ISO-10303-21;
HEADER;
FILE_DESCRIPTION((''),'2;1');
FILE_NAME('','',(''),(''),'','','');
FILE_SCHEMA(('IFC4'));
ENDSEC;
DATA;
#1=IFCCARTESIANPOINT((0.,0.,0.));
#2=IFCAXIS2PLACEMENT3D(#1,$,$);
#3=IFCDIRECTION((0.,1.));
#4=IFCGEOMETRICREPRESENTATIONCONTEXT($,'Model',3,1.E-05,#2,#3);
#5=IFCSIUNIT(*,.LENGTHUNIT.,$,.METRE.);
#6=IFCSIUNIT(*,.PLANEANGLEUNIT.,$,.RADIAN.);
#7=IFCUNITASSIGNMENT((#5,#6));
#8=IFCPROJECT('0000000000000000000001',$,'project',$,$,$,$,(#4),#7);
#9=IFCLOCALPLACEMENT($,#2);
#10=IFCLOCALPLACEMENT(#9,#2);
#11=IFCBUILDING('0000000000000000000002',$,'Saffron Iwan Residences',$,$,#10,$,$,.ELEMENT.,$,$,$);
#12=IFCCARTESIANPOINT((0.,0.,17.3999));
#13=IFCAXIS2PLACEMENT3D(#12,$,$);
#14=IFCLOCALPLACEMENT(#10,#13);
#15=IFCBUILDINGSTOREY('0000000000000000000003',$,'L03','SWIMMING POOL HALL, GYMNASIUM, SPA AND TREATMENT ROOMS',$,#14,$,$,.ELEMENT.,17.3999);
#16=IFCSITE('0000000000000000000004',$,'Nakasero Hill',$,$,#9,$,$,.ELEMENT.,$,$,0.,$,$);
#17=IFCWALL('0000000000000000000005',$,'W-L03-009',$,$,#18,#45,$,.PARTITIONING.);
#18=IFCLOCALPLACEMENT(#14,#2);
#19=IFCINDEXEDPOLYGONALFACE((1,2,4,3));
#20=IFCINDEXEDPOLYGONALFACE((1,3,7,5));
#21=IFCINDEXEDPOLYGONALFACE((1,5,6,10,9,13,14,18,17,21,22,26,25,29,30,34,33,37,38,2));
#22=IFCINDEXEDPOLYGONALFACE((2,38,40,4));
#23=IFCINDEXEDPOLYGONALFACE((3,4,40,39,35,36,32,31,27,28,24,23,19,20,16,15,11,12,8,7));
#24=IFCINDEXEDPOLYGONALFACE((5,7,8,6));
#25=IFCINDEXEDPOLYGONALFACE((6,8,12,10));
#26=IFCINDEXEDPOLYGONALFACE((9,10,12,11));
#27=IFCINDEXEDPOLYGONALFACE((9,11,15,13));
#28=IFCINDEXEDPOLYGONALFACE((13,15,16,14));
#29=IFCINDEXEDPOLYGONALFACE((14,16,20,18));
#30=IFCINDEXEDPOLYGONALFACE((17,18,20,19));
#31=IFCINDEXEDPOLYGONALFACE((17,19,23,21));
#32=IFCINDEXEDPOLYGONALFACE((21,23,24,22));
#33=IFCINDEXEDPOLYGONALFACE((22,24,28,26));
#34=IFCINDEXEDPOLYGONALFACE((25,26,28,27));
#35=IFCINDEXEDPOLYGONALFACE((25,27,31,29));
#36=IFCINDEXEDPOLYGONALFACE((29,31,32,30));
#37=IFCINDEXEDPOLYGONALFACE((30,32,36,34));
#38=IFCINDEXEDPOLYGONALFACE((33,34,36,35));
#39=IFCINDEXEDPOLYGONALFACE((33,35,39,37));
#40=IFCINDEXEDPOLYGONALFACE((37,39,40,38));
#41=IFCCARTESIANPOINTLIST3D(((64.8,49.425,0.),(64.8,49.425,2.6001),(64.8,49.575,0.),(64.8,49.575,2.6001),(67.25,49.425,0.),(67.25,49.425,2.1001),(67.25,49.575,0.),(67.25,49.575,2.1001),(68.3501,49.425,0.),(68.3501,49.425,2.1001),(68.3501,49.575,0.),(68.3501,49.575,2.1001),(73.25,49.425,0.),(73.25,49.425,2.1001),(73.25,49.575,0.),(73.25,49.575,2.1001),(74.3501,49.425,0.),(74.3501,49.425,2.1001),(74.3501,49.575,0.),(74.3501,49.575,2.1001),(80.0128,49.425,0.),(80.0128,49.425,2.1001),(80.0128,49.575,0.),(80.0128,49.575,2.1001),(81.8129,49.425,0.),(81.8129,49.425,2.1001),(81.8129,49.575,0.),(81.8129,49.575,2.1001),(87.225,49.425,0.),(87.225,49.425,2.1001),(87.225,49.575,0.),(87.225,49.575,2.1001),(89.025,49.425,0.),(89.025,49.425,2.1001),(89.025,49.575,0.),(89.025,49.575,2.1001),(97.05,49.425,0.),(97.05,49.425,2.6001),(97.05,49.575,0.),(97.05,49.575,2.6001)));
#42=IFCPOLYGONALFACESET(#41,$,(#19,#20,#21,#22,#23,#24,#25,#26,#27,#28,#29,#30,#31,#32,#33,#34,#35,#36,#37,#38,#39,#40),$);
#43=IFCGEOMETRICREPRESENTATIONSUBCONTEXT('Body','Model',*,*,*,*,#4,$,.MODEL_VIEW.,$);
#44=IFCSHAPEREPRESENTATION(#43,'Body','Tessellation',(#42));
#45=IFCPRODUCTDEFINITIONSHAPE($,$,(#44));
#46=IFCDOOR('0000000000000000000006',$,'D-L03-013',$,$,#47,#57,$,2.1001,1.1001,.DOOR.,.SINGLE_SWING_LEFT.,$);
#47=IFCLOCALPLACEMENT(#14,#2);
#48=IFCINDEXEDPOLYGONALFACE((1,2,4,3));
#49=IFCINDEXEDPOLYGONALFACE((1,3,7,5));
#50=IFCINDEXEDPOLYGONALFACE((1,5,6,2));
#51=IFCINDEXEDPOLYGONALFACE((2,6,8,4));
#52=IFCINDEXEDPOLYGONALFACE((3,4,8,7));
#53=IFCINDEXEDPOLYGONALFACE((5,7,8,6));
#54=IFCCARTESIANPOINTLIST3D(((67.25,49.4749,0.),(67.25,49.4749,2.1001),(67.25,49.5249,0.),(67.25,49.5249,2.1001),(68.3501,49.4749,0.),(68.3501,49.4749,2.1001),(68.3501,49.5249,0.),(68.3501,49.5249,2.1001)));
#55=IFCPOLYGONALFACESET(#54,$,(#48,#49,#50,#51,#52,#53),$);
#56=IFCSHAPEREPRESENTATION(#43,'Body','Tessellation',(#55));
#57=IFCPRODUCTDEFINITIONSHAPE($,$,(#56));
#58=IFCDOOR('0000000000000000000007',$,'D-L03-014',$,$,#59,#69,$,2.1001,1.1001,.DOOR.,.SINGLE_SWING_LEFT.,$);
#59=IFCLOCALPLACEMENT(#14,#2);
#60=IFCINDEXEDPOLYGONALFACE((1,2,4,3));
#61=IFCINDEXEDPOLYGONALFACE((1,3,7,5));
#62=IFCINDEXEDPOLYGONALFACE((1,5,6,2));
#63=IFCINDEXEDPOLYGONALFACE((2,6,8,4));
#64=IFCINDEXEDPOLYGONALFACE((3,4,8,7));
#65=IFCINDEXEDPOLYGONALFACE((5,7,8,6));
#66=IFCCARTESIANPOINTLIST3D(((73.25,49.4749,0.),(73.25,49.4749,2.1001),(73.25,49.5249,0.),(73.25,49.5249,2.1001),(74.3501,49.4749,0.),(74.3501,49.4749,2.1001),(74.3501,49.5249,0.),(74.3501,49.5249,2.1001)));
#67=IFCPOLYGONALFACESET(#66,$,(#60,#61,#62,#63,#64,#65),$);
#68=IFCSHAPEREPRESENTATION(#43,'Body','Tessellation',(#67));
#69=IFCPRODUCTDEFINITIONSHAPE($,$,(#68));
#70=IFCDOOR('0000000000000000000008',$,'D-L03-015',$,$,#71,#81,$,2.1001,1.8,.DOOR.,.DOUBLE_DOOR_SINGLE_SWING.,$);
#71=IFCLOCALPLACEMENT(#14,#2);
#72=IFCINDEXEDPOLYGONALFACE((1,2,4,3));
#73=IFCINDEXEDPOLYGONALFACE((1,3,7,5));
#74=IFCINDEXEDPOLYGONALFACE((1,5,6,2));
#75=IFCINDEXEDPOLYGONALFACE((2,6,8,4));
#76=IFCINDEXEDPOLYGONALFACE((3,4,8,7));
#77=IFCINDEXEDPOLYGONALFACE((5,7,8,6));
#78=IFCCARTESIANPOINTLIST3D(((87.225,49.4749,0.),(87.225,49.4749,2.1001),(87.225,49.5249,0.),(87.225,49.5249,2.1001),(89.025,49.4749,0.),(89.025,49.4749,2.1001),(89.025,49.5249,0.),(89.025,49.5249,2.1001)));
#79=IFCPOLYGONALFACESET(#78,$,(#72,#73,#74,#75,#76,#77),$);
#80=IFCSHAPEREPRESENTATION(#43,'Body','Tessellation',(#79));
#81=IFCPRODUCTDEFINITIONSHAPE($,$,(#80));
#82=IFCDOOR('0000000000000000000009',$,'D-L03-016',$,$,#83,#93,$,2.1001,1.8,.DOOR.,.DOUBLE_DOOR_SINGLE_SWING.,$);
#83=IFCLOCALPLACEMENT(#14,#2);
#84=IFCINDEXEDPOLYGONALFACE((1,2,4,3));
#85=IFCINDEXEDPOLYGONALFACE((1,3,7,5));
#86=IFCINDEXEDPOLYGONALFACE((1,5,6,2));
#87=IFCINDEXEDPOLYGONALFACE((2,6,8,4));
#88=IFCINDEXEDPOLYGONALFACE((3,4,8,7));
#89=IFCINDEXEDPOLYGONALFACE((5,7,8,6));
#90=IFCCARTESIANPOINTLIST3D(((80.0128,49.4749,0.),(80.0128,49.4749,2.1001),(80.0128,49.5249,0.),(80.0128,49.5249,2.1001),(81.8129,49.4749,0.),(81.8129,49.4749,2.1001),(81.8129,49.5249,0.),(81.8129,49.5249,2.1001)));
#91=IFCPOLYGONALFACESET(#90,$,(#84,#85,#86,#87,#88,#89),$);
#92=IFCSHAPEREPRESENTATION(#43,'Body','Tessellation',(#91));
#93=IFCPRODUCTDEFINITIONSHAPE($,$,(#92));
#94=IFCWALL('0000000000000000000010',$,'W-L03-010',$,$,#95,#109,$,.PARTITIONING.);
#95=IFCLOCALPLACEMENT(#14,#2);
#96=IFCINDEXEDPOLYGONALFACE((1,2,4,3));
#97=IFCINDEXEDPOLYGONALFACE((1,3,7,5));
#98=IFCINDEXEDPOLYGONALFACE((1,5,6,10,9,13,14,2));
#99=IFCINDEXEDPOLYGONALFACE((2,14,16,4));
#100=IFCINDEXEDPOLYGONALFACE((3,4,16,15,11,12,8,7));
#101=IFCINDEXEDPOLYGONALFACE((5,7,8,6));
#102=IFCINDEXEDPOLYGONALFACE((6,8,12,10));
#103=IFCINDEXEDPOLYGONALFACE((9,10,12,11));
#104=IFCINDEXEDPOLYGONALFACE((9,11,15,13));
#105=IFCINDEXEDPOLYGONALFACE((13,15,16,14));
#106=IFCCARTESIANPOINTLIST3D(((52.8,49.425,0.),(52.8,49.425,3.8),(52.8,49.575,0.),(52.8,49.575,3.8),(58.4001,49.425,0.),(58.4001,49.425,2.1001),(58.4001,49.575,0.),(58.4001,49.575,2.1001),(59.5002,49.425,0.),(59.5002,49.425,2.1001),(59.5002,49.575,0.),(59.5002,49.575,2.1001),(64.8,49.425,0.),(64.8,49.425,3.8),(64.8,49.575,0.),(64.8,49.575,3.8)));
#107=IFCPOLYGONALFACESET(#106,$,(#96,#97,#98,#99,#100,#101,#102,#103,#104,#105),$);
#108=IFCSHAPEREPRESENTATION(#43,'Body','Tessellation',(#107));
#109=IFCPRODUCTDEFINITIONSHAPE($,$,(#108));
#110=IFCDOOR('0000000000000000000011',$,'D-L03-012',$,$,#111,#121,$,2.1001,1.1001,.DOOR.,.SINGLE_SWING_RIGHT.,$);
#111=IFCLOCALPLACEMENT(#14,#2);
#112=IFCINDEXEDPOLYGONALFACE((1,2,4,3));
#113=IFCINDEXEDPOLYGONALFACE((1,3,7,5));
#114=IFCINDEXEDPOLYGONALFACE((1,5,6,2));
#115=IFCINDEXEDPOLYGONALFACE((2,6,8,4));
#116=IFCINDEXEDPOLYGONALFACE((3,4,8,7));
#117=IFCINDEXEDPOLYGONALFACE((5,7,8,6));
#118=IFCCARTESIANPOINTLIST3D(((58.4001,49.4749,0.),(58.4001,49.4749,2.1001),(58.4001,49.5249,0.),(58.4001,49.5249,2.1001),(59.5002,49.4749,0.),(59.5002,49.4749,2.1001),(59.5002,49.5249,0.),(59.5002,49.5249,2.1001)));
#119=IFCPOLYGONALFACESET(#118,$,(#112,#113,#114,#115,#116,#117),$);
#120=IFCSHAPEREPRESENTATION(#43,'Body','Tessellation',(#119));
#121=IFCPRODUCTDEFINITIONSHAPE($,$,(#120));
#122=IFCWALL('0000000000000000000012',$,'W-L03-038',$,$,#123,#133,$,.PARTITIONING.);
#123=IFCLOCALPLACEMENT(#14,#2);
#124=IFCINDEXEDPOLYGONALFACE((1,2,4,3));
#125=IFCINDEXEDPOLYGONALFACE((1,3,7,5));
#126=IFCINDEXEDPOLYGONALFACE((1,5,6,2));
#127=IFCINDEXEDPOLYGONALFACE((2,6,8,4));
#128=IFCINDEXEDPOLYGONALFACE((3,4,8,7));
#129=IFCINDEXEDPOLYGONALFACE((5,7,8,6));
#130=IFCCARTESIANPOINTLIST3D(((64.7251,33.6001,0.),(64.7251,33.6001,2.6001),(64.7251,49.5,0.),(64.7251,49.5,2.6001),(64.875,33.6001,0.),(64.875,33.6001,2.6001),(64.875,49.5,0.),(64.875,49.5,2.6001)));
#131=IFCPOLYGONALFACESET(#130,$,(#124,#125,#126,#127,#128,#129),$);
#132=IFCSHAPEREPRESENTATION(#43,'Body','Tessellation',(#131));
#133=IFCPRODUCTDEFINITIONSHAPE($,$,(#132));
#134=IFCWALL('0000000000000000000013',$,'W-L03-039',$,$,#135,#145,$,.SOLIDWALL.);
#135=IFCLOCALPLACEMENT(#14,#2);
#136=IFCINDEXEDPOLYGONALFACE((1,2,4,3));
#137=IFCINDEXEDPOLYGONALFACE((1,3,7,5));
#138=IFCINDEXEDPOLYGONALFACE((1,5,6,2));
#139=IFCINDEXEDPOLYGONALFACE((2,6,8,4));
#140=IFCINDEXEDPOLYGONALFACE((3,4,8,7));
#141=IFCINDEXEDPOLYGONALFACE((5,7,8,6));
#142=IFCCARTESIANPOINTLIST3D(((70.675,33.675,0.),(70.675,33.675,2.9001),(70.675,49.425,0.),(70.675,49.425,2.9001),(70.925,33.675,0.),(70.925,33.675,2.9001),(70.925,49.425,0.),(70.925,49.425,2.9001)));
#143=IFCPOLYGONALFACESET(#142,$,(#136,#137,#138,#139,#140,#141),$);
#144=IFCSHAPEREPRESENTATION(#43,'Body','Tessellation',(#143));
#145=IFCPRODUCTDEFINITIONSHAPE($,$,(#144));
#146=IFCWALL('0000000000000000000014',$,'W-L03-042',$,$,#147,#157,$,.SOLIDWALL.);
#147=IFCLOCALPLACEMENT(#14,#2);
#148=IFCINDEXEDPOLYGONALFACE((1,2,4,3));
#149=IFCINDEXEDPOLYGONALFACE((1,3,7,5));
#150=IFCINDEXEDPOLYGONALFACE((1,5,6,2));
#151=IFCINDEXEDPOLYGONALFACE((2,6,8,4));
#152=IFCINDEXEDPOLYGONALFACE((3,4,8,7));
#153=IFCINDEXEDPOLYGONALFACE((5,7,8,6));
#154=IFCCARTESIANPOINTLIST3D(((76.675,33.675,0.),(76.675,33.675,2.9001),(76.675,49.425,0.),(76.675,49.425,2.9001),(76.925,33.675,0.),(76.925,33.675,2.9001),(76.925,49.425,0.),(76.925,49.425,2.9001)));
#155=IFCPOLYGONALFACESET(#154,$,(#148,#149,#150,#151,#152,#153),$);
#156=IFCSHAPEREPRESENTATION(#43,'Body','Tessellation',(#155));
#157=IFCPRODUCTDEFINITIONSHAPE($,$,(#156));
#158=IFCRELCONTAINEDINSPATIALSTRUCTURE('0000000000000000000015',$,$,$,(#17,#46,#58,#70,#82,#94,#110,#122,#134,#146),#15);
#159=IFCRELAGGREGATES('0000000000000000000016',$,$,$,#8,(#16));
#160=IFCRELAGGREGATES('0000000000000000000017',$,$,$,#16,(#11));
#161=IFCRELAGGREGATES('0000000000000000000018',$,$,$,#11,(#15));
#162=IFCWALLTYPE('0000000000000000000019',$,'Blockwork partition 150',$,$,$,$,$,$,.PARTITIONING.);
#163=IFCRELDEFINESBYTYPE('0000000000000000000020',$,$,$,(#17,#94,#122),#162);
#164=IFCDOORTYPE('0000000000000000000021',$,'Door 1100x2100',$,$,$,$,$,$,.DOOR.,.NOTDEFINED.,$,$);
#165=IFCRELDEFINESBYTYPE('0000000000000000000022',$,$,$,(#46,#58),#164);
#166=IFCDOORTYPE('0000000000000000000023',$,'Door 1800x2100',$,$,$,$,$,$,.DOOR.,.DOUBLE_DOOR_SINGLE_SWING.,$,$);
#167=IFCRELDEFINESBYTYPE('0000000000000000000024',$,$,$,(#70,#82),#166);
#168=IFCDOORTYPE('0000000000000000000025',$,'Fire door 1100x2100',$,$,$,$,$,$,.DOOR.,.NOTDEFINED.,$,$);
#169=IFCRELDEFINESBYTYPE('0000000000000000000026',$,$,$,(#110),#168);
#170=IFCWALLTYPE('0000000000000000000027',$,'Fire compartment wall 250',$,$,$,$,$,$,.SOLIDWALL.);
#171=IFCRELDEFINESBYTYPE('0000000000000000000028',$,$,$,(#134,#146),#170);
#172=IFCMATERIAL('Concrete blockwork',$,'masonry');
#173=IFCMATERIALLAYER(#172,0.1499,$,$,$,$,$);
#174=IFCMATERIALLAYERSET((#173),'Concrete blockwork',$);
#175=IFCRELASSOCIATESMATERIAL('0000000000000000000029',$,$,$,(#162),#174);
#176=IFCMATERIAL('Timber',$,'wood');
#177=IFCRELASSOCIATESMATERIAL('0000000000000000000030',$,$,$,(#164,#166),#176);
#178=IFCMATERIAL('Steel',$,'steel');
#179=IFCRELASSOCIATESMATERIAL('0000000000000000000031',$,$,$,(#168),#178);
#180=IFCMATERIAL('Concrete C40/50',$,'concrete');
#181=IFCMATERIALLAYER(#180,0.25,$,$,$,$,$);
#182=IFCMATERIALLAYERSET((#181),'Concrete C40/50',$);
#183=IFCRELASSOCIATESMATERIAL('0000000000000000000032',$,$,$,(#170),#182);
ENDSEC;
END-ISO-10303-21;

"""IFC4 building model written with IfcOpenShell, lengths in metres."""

from ifc_helpers import new_model, si_unit, direction, frame, frame_2d, origin, place, context, subcontext, project, spatial, rectangle, extrude, material, layer, layer_set, type_object, element, fill, save


model = new_model("IFC4")

# Units and contexts
model_context = context("Model", 3, precision=1e-05, world=origin(), true_north=direction((0.0, 1.0)))
body_context = subcontext(model_context, "Body", "Model", "MODEL_VIEW")
ifc_project = project(units=[si_unit("LENGTHUNIT", "METRE"), si_unit("PLANEANGLEUNIT", "RADIAN")], contexts=[model_context])

# Site, building, storey
site_placement = place(None, origin())
site = spatial("IfcSite", under=ifc_project, at=site_placement, Name="Nakasero Hill", CompositionType="ELEMENT", RefElevation=0.0)
building_placement = place(site_placement, origin())
building = spatial("IfcBuilding", under=site, at=building_placement, Name="Saffron Iwan Residences", CompositionType="ELEMENT")
storey_placement = place(building_placement, frame((0.0, 0.0, 17.3999)))
storey = spatial("IfcBuildingStorey", under=building, at=storey_placement, Name="L03", Description="SWIMMING POOL HALL, GYMNASIUM, SPA AND TREATMENT ROOMS", CompositionType="ELEMENT", Elevation=17.3999)

# Wall, openings, doors
ifc_material_1 = material(Name="Concrete blockwork", Category="masonry")
ifc_layer_1 = layer(ifc_material_1, 0.1499)
ifc_layer_set_1 = layer_set([ifc_layer_1], Name="Concrete blockwork")
wall_type_1 = type_object("IfcWallType", Name="Blockwork partition 150", PredefinedType="PARTITIONING", material=ifc_layer_set_1)
wall_1_placement = place(storey_placement, frame((64.8, 49.5, 0.0), z_axis=(0.0, 0.0, 1.0), x_axis=(1.0, 0.0, 0.0)))
wall_1 = element("IfcWall", 1, at=wall_1_placement, inside=storey, type_object=wall_type_1, Name="W-L03-009", PredefinedType="PARTITIONING", context=body_context, shape_type="SweptSolid", body=[
    extrude(rectangle(XDim=32.25, YDim=0.1499, at=frame_2d((16.125, 0.0))), origin(), (0.0, 0.0, 1.0), 2.6001),
])
opening_1_placement = place(wall_1_placement, frame((2.45, 0.0, 0.0)))
opening_1 = element("IfcOpeningElement", 2, at=opening_1_placement, cuts=wall_1, PredefinedType="OPENING", context=body_context, shape_type="SweptSolid", body=[
    extrude(rectangle(XDim=1.1001, YDim=2.1001, at=frame_2d((0.55, 1.05))), frame((0.0, 0.085, 0.0), z_axis=(0.0, -1.0, 0.0), x_axis=(1.0, 0.0, 0.0)), (0.0, 0.0, 1.0), 0.1699),
])
opening_2_placement = place(wall_1_placement, frame((8.45, 0.0, 0.0)))
opening_2 = element("IfcOpeningElement", 3, at=opening_2_placement, cuts=wall_1, PredefinedType="OPENING", context=body_context, shape_type="SweptSolid", body=[
    extrude(rectangle(XDim=1.1001, YDim=2.1001, at=frame_2d((0.55, 1.05))), frame((0.0, 0.085, 0.0), z_axis=(0.0, -1.0, 0.0), x_axis=(1.0, 0.0, 0.0)), (0.0, 0.0, 1.0), 0.1699),
])
opening_3_placement = place(wall_1_placement, frame((22.425, 0.0, 0.0)))
opening_3 = element("IfcOpeningElement", 4, at=opening_3_placement, cuts=wall_1, PredefinedType="OPENING", context=body_context, shape_type="SweptSolid", body=[
    extrude(rectangle(XDim=1.8, YDim=2.1001, at=frame_2d((0.8999, 1.05))), frame((0.0, 0.085, 0.0), z_axis=(0.0, -1.0, 0.0), x_axis=(1.0, 0.0, 0.0)), (0.0, 0.0, 1.0), 0.1699),
])
opening_4_placement = place(wall_1_placement, frame((15.2129, 0.0, 0.0)))
opening_4 = element("IfcOpeningElement", 5, at=opening_4_placement, cuts=wall_1, PredefinedType="OPENING", context=body_context, shape_type="SweptSolid", body=[
    extrude(rectangle(XDim=1.8, YDim=2.1001, at=frame_2d((0.8999, 1.05))), frame((0.0, 0.085, 0.0), z_axis=(0.0, -1.0, 0.0), x_axis=(1.0, 0.0, 0.0)), (0.0, 0.0, 1.0), 0.1699),
])
ifc_material_2 = material(Name="Timber", Category="wood")
door_type_1 = type_object("IfcDoorType", Name="Door 1100x2100", OperationType="NOTDEFINED", PredefinedType="DOOR", material=ifc_material_2)
door_1_placement = place(opening_1_placement, origin())
door_1 = element("IfcDoor", 6, at=door_1_placement, inside=storey, type_object=door_type_1, Name="D-L03-013", OperationType="SINGLE_SWING_LEFT", OverallHeight=2.1001, OverallWidth=1.1001, PredefinedType="DOOR", context=body_context, shape_type="SweptSolid", body=[
    extrude(rectangle(XDim=1.1001, YDim=2.1001, at=frame_2d((0.55, 1.05))), frame((0.0, 0.0249, 0.0), z_axis=(0.0, -1.0, 0.0), x_axis=(1.0, 0.0, 0.0)), (0.0, 0.0, 1.0), 0.05),
])
fill(opening_1, door_1)
door_2_placement = place(opening_2_placement, origin())
door_2 = element("IfcDoor", 7, at=door_2_placement, inside=storey, type_object=door_type_1, Name="D-L03-014", OperationType="SINGLE_SWING_LEFT", OverallHeight=2.1001, OverallWidth=1.1001, PredefinedType="DOOR", context=body_context, shape_type="SweptSolid", body=[
    extrude(rectangle(XDim=1.1001, YDim=2.1001, at=frame_2d((0.55, 1.05))), frame((0.0, 0.0249, 0.0), z_axis=(0.0, -1.0, 0.0), x_axis=(1.0, 0.0, 0.0)), (0.0, 0.0, 1.0), 0.05),
])
fill(opening_2, door_2)
door_type_2 = type_object("IfcDoorType", Name="Door 1800x2100", OperationType="DOUBLE_DOOR_SINGLE_SWING", PredefinedType="DOOR", material=ifc_material_2)
door_3_placement = place(opening_3_placement, origin())
door_3 = element("IfcDoor", 8, at=door_3_placement, inside=storey, type_object=door_type_2, Name="D-L03-015", OperationType="DOUBLE_DOOR_SINGLE_SWING", OverallHeight=2.1001, OverallWidth=1.8, PredefinedType="DOOR", context=body_context, shape_type="SweptSolid", body=[
    extrude(rectangle(XDim=1.8, YDim=2.1001, at=frame_2d((0.8999, 1.05))), frame((0.0, 0.0249, 0.0), z_axis=(0.0, -1.0, 0.0), x_axis=(1.0, 0.0, 0.0)), (0.0, 0.0, 1.0), 0.05),
])
fill(opening_3, door_3)
door_4_placement = place(opening_4_placement, origin())
door_4 = element("IfcDoor", 9, at=door_4_placement, inside=storey, type_object=door_type_2, Name="D-L03-016", OperationType="DOUBLE_DOOR_SINGLE_SWING", OverallHeight=2.1001, OverallWidth=1.8, PredefinedType="DOOR", context=body_context, shape_type="SweptSolid", body=[
    extrude(rectangle(XDim=1.8, YDim=2.1001, at=frame_2d((0.8999, 1.05))), frame((0.0, 0.0249, 0.0), z_axis=(0.0, -1.0, 0.0), x_axis=(1.0, 0.0, 0.0)), (0.0, 0.0, 1.0), 0.05),
])
fill(opening_4, door_4)

# Wall, opening, door
wall_2_placement = place(storey_placement, frame((52.8, 49.5, 0.0), z_axis=(0.0, 0.0, 1.0), x_axis=(1.0, 0.0, 0.0)))
wall_2 = element("IfcWall", 10, at=wall_2_placement, inside=storey, type_object=wall_type_1, Name="W-L03-010", PredefinedType="PARTITIONING", context=body_context, shape_type="SweptSolid", body=[
    extrude(rectangle(XDim=12.0, YDim=0.1499, at=frame_2d((6.0, 0.0))), origin(), (0.0, 0.0, 1.0), 3.8),
])
opening_5_placement = place(wall_2_placement, frame((5.6001, 0.0, 0.0)))
opening_5 = element("IfcOpeningElement", 11, at=opening_5_placement, cuts=wall_2, PredefinedType="OPENING", context=body_context, shape_type="SweptSolid", body=[
    extrude(rectangle(XDim=1.1001, YDim=2.1001, at=frame_2d((0.55, 1.05))), frame((0.0, 0.085, 0.0), z_axis=(0.0, -1.0, 0.0), x_axis=(1.0, 0.0, 0.0)), (0.0, 0.0, 1.0), 0.1699),
])
ifc_material_3 = material(Name="Steel", Category="steel")
door_type_3 = type_object("IfcDoorType", Name="Fire door 1100x2100", OperationType="NOTDEFINED", PredefinedType="DOOR", material=ifc_material_3)
door_5_placement = place(opening_5_placement, origin())
door_5 = element("IfcDoor", 12, at=door_5_placement, inside=storey, type_object=door_type_3, Name="D-L03-012", OperationType="SINGLE_SWING_RIGHT", OverallHeight=2.1001, OverallWidth=1.1001, PredefinedType="DOOR", context=body_context, shape_type="SweptSolid", body=[
    extrude(rectangle(XDim=1.1001, YDim=2.1001, at=frame_2d((0.55, 1.05))), frame((0.0, 0.0249, 0.0), z_axis=(0.0, -1.0, 0.0), x_axis=(1.0, 0.0, 0.0)), (0.0, 0.0, 1.0), 0.05),
])
fill(opening_5, door_5)

# Walls
wall_3_placement = place(storey_placement, frame((64.8, 33.6001, 0.0), z_axis=(0.0, 0.0, 1.0), x_axis=(0.0, 1.0, 0.0)))
element("IfcWall", 13, at=wall_3_placement, inside=storey, type_object=wall_type_1, Name="W-L03-038", PredefinedType="PARTITIONING", context=body_context, shape_type="SweptSolid", body=[
    extrude(rectangle(XDim=15.8999, YDim=0.1499, at=frame_2d((7.95, 0.0))), origin(), (0.0, 0.0, 1.0), 2.6001),
])
ifc_material_4 = material(Name="Concrete C40/50", Category="concrete")
ifc_layer_2 = layer(ifc_material_4, 0.25)
ifc_layer_set_2 = layer_set([ifc_layer_2], Name="Concrete C40/50")
wall_type_2 = type_object("IfcWallType", Name="Fire compartment wall 250", PredefinedType="SOLIDWALL", material=ifc_layer_set_2)
for number, where, z_axis, x_axis, name in (
    (14, (70.8, 33.675, 0.0), (0.0, 0.0, 1.0), (0.0, 1.0, 0.0), "W-L03-039"),
    (15, (76.8, 33.675, 0.0), (0.0, 0.0, 1.0), (0.0, 1.0, 0.0), "W-L03-042"),
):
    element("IfcWall", number, at=place(storey_placement, frame(where, z_axis=z_axis, x_axis=x_axis)), inside=storey, type_object=wall_type_2, Name=name, PredefinedType="SOLIDWALL", context=body_context, shape_type="SweptSolid", body=[
        extrude(rectangle(XDim=15.75, YDim=0.25, at=frame_2d((7.875, 0.0))), origin(), (0.0, 0.0, 1.0), 2.9001),
    ])

save(model, "model.ifc")
